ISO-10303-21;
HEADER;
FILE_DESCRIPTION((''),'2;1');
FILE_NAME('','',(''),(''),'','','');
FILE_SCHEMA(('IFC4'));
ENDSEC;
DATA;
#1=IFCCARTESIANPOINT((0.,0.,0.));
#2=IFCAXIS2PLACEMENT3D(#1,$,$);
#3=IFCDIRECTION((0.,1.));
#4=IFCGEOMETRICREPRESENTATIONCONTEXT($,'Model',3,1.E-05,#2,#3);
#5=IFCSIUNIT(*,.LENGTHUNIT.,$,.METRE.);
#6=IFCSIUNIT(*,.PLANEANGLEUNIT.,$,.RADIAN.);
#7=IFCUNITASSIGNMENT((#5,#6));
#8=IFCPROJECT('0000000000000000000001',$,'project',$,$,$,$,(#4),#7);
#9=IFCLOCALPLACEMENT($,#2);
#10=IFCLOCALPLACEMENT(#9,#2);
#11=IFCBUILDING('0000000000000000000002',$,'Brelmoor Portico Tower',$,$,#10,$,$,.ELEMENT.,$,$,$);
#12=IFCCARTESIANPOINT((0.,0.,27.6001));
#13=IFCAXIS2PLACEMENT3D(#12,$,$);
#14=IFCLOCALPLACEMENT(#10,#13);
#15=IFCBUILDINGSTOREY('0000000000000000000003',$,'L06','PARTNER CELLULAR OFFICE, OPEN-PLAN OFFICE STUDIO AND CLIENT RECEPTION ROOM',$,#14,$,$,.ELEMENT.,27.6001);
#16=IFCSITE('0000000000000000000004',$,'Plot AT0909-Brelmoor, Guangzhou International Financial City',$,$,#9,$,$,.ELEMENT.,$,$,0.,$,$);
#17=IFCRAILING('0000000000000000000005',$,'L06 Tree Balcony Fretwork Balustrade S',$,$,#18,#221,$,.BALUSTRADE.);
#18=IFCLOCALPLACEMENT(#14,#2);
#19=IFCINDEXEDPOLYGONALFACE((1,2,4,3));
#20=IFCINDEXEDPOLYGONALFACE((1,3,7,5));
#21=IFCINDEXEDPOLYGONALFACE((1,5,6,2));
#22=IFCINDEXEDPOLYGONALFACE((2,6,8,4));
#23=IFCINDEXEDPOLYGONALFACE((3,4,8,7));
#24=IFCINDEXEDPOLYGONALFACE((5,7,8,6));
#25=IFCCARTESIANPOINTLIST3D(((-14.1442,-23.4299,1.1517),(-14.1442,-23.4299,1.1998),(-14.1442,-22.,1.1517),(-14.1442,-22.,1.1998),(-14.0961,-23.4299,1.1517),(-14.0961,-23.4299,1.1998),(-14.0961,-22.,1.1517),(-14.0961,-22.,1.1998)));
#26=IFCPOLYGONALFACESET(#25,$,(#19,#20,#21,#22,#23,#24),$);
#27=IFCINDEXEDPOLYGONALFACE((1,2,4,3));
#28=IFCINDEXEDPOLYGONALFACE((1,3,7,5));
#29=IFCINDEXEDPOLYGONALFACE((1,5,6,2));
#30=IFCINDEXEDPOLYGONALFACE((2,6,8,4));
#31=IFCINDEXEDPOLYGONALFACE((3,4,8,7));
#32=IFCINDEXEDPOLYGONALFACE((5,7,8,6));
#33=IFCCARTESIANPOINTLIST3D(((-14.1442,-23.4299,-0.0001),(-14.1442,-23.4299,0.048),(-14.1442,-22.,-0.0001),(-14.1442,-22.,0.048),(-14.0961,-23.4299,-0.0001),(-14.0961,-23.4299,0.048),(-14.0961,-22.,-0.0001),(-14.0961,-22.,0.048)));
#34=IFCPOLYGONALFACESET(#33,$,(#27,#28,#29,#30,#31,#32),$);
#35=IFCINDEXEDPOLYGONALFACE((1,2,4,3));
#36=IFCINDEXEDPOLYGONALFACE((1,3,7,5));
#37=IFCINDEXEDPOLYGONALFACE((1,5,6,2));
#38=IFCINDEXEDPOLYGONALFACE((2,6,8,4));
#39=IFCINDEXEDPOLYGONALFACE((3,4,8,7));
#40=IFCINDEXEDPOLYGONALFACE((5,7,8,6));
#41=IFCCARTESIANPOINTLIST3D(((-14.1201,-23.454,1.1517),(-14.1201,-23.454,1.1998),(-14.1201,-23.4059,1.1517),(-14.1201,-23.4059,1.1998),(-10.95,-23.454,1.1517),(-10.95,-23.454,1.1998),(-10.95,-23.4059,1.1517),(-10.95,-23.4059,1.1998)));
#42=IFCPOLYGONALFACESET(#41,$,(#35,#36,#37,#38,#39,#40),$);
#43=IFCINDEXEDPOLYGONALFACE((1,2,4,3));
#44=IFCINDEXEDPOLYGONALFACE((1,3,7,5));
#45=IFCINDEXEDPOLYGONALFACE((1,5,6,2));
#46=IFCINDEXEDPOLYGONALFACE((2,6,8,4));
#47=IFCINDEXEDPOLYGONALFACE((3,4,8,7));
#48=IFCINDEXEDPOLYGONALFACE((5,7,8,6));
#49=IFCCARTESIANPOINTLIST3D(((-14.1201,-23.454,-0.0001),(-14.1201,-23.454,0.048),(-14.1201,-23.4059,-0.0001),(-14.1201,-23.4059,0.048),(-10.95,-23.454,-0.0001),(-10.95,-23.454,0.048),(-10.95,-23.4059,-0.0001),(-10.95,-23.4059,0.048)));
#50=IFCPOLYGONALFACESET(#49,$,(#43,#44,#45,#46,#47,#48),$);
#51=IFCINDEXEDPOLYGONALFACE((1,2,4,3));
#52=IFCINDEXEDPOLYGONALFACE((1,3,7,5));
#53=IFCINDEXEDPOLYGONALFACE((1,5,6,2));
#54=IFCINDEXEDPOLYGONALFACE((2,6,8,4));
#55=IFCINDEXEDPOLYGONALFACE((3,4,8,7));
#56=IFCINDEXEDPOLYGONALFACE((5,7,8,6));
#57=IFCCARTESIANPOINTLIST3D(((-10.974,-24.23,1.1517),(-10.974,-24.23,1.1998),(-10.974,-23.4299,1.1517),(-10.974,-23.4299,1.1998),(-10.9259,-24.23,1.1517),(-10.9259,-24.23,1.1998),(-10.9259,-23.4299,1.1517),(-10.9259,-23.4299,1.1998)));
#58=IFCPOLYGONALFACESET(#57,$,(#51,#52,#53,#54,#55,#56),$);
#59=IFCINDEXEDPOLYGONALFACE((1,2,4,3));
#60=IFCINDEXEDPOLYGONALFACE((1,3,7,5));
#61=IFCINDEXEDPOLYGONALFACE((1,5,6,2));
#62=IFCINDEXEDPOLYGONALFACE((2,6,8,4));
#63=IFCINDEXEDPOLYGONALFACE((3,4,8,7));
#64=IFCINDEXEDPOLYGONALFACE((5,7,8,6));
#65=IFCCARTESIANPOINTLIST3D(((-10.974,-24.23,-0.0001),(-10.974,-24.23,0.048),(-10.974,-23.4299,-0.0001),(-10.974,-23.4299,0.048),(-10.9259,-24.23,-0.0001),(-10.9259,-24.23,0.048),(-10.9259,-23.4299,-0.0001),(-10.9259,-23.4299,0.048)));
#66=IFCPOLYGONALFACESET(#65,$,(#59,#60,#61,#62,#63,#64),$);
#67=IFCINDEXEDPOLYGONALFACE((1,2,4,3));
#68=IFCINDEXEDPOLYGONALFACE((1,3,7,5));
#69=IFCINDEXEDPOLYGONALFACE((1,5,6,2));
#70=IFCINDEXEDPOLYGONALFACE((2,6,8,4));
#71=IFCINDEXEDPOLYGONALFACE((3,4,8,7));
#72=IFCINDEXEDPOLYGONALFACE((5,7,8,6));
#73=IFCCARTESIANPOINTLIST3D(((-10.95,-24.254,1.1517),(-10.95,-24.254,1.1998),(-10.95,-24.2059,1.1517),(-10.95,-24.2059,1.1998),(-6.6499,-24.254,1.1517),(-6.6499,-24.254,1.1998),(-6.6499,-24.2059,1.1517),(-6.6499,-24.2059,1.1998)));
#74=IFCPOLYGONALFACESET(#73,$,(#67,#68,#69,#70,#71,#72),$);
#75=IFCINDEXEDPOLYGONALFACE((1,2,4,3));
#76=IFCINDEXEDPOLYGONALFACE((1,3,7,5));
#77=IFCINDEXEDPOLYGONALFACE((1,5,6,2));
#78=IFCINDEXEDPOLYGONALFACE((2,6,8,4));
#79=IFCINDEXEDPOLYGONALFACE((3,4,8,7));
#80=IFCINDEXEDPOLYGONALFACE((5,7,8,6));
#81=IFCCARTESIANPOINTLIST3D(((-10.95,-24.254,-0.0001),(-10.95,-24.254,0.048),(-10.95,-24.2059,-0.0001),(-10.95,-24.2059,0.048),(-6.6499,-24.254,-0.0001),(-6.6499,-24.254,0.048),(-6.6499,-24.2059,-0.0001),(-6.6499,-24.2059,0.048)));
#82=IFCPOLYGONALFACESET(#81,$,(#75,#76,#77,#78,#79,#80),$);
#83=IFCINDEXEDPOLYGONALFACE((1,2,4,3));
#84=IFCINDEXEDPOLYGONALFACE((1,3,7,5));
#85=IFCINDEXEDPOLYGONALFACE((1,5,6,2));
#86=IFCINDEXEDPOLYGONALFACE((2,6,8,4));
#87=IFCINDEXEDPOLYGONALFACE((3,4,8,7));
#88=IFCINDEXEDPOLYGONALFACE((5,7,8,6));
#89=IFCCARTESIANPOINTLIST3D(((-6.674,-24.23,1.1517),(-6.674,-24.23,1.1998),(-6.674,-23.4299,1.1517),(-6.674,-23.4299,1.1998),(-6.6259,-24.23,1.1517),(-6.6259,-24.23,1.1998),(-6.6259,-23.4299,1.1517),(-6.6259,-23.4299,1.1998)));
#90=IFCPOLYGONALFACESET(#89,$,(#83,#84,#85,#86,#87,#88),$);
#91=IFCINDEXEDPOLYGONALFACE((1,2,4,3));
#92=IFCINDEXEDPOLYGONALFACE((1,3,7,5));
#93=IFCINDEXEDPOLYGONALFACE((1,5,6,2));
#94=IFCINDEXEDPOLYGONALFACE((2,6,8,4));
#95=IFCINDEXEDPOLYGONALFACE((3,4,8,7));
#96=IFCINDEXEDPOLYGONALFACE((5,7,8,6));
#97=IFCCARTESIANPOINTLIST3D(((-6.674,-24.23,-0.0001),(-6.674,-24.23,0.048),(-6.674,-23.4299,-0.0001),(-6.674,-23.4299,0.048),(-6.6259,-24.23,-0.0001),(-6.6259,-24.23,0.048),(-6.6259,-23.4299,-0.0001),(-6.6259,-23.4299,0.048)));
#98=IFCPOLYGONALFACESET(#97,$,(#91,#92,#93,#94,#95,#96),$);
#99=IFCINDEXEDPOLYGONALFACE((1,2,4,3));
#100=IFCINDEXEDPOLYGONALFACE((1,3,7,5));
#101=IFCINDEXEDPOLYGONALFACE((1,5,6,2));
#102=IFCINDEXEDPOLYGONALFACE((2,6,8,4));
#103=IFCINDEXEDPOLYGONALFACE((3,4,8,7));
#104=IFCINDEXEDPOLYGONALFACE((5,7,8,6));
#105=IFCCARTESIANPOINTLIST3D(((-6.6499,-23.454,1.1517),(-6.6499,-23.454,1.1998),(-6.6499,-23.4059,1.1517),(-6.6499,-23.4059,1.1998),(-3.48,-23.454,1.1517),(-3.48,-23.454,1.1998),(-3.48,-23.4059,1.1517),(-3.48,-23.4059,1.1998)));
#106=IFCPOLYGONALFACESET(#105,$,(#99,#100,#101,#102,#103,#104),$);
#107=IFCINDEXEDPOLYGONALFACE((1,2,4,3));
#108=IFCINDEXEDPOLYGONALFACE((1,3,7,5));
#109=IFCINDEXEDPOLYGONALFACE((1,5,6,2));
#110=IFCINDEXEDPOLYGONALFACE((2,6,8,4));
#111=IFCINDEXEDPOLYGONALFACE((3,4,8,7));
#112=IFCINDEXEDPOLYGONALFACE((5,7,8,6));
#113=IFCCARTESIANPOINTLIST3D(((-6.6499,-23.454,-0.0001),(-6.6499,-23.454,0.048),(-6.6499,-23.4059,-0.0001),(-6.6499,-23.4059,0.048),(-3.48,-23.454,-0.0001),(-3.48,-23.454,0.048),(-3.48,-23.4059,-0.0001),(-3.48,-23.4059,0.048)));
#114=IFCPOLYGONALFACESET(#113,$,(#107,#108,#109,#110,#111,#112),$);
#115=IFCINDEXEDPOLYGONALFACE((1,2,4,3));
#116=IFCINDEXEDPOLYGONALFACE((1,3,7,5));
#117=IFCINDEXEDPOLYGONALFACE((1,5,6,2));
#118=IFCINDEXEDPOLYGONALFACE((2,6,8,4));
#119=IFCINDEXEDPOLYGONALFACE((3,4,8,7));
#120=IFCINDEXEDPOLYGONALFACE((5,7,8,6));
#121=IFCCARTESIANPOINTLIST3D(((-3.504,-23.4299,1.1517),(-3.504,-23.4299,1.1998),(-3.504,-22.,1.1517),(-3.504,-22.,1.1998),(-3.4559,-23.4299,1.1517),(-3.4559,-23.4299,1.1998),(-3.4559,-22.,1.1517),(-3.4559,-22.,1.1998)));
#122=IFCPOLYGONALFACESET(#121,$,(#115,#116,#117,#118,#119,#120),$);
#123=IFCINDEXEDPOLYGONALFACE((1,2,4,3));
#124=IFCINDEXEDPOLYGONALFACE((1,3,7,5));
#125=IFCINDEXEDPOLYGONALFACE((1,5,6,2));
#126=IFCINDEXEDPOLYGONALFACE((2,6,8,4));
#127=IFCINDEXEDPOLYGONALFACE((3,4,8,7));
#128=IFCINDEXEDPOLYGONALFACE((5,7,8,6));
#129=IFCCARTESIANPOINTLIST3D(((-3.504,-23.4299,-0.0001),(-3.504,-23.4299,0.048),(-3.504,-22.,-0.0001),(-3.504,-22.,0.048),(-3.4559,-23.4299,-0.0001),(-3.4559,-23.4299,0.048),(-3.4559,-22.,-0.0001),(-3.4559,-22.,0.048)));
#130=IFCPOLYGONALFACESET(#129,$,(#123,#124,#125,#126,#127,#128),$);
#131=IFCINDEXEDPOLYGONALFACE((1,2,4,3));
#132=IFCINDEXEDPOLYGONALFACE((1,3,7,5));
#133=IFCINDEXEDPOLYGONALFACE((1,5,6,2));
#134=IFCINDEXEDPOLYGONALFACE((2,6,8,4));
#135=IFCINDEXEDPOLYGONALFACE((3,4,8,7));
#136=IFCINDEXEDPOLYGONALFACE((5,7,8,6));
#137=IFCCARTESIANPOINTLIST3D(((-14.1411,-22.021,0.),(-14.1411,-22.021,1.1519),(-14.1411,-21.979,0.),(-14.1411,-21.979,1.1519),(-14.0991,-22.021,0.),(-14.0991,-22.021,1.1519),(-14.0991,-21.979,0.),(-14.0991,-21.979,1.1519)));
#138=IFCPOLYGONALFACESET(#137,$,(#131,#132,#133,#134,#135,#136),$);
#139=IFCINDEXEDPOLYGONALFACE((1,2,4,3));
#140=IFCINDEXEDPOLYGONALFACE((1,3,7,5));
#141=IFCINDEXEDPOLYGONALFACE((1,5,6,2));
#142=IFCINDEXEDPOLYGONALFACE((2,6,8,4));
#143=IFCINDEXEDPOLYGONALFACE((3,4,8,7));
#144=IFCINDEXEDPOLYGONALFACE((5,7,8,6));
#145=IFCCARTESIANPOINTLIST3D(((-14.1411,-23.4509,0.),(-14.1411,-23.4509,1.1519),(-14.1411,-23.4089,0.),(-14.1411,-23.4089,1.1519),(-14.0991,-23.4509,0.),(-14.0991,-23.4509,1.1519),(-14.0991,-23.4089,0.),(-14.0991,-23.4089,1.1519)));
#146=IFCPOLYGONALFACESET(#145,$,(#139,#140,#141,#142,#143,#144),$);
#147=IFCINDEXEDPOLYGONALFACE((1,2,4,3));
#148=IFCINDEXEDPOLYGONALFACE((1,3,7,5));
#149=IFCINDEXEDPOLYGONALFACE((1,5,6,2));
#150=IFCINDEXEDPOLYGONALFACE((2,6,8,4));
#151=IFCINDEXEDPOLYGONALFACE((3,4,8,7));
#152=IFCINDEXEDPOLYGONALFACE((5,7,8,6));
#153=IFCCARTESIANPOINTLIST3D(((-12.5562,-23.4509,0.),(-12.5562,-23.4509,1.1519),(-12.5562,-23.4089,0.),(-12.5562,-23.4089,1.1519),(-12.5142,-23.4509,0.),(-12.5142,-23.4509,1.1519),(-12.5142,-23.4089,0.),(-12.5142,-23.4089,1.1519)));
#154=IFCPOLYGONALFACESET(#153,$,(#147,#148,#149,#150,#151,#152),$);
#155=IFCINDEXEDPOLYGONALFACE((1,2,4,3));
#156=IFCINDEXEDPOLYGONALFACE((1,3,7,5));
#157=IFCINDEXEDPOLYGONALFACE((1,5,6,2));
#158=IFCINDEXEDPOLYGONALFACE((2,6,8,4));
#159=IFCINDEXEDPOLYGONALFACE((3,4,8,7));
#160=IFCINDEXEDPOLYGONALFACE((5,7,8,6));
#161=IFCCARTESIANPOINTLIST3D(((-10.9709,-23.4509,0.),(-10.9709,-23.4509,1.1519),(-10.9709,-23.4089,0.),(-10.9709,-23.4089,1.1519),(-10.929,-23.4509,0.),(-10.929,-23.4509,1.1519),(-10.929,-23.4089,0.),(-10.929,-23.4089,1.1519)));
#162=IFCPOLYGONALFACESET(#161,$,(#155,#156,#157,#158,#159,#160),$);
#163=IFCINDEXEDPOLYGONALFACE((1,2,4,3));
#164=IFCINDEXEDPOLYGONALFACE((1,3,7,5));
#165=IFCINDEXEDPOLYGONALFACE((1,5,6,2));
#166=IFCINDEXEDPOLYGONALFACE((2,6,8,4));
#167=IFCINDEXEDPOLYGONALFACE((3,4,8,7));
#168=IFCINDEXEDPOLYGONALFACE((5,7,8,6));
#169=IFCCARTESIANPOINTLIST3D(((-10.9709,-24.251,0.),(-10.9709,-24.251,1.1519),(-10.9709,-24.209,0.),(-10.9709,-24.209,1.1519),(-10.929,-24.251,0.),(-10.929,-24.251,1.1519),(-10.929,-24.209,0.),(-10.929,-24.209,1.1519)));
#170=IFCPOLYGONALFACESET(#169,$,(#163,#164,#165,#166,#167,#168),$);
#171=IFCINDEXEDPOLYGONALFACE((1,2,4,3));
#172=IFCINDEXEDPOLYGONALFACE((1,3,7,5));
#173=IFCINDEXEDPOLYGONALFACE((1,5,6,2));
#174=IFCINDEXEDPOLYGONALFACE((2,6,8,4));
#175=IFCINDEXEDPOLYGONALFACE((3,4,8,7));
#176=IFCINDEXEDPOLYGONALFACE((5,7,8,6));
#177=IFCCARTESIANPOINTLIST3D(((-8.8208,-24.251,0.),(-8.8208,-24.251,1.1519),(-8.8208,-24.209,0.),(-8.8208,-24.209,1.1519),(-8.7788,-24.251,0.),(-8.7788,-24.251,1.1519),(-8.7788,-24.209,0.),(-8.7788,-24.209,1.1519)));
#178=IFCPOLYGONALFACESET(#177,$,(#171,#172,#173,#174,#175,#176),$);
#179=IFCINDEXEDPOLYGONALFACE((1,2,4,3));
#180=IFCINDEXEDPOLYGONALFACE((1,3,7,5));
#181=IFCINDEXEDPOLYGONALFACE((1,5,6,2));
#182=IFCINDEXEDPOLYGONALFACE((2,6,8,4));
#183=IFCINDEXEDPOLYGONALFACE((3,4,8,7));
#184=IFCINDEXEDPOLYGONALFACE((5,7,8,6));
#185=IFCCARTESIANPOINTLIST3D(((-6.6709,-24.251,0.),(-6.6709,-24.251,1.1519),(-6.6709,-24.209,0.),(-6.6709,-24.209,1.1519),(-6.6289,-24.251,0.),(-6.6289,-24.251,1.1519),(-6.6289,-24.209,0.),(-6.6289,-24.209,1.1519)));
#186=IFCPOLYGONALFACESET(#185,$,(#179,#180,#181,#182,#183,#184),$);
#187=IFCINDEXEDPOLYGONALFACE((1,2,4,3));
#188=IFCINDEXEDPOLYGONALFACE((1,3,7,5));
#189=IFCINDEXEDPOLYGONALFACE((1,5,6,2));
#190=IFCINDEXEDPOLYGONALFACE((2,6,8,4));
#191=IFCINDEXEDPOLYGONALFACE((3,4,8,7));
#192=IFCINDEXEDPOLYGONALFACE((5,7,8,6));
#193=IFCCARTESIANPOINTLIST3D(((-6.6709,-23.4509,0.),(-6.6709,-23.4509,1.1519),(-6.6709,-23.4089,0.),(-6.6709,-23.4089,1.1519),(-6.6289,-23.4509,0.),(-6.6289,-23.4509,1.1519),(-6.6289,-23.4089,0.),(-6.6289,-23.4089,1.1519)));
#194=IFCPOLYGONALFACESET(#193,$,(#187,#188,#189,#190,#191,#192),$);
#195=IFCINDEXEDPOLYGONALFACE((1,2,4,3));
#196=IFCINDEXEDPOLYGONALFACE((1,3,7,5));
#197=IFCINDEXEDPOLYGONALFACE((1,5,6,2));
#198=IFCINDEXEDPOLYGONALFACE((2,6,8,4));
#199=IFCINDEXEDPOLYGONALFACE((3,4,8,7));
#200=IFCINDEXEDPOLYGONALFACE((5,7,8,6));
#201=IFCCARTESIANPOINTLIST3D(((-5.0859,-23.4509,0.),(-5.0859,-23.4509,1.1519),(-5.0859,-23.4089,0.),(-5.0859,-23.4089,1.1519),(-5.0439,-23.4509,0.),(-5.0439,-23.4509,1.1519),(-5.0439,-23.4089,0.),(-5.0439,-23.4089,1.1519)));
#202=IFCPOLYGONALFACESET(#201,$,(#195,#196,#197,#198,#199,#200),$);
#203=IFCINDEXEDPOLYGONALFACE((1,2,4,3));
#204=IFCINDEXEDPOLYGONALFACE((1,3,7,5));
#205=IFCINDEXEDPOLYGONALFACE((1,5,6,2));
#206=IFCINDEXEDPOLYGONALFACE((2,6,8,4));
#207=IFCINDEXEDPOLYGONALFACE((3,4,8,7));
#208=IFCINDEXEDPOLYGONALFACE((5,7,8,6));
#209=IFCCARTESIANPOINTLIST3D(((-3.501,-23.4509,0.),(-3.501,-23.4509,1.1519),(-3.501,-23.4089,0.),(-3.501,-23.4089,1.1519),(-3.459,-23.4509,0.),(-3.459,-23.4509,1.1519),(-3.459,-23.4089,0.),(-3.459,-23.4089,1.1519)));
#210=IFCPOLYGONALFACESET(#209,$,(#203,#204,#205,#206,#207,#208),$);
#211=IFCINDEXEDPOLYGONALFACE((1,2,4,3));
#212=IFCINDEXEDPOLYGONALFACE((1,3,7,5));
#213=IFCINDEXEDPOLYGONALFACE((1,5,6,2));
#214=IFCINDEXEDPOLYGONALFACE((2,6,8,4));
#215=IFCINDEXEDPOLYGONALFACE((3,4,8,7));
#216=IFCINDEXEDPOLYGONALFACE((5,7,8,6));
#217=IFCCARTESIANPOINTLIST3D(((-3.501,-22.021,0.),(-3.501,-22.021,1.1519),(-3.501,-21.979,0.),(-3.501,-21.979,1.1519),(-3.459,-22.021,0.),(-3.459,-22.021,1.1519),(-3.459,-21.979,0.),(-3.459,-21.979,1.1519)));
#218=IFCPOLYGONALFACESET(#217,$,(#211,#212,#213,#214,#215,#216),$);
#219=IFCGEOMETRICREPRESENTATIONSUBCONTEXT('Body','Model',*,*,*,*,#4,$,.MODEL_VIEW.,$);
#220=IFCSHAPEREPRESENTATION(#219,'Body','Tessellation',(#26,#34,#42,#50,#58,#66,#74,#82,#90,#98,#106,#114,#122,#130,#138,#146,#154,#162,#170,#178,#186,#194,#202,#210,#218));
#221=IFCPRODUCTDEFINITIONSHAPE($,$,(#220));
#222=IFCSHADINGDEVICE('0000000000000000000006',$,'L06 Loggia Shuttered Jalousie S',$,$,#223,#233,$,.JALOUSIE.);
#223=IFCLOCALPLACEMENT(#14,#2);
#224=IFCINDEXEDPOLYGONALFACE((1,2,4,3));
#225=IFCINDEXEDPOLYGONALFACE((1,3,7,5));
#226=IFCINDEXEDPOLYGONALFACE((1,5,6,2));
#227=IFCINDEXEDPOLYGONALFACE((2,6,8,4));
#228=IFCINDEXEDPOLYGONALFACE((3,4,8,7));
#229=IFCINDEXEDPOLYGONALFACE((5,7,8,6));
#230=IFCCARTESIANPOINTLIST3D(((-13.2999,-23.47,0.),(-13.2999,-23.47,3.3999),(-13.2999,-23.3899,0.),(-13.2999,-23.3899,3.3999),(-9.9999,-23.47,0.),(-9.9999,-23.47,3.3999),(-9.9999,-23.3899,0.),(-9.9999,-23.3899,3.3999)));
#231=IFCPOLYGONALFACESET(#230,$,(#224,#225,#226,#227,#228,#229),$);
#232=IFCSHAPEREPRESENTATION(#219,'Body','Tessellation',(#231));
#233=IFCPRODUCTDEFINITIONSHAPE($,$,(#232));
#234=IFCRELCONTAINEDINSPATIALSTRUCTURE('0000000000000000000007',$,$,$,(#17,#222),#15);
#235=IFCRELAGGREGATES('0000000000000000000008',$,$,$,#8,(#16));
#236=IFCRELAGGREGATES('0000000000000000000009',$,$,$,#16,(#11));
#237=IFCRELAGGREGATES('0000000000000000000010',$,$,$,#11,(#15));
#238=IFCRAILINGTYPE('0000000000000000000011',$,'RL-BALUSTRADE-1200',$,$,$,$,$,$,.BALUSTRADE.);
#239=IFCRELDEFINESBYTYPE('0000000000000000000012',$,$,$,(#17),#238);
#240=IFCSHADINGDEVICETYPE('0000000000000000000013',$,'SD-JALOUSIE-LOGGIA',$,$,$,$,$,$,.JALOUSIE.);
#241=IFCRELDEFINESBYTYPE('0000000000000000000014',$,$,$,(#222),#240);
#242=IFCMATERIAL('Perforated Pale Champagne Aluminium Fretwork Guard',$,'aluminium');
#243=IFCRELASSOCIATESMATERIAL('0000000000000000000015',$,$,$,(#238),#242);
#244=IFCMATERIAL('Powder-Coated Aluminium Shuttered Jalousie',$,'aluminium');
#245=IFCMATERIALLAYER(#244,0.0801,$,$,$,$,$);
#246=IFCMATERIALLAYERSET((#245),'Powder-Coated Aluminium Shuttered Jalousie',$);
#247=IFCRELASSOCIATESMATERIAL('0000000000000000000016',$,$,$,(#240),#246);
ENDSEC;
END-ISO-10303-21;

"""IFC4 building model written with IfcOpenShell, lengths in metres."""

from ifc_helpers import new_model, si_unit, direction, frame, origin, origin_2d, place, context, subcontext, project, spatial, rectangle, extrude, material, layer, layer_set, type_object, element, save


model = new_model("IFC4")

# Units and contexts
model_context = context("Model", 3, precision=1e-05, world=origin(), true_north=direction((0.0, 1.0)))
body_context = subcontext(model_context, "Body", "Model", "MODEL_VIEW")
ifc_project = project(units=[si_unit("LENGTHUNIT", "METRE"), si_unit("PLANEANGLEUNIT", "RADIAN")], contexts=[model_context])

# Site, building, storey
site_placement = place(None, origin())
site = spatial("IfcSite", under=ifc_project, at=site_placement, Name="Plot AT0909-Brelmoor, Guangzhou International Financial City", CompositionType="ELEMENT", RefElevation=0.0)
building_placement = place(site_placement, origin())
building = spatial("IfcBuilding", under=site, at=building_placement, Name="Brelmoor Portico Tower", CompositionType="ELEMENT")
storey_placement = place(building_placement, frame((0.0, 0.0, 27.6001)))
storey = spatial("IfcBuildingStorey", under=building, at=storey_placement, Name="L06", Description="PARTNER CELLULAR OFFICE, OPEN-PLAN OFFICE STUDIO AND CLIENT RECEPTION ROOM", CompositionType="ELEMENT", Elevation=27.6001)

# Railing
ifc_material_1 = material(Name="Perforated Pale Champagne Aluminium Fretwork Guard", Category="aluminium")
railing_type = type_object("IfcRailingType", Name="RL-BALUSTRADE-1200", PredefinedType="BALUSTRADE", material=ifc_material_1)
railing_placement = place(storey_placement, frame((-14.1201, -22.0, 0.0)))
element("IfcRailing", 1, at=railing_placement, inside=storey, type_object=railing_type, Name="L06 Tree Balcony Fretwork Balustrade S", PredefinedType="BALUSTRADE", context=body_context, shape_type="SweptSolid", body=[
    extrude(rectangle(XDim=0.0481, YDim=0.0481, at=origin_2d()), frame((0.0, 0.0, 1.1758), z_axis=(0.0, -1.0, 0.0), x_axis=(1.0, 0.0, 0.0)), (0.0, 0.0, 1.0), 1.4299),
    extrude(rectangle(XDim=0.0481, YDim=0.0481, at=origin_2d()), frame((0.0, 0.0, 0.0239), z_axis=(0.0, -1.0, 0.0), x_axis=(1.0, 0.0, 0.0)), (0.0, 0.0, 1.0), 1.4299),
    extrude(rectangle(XDim=0.0481, YDim=0.0481, at=origin_2d()), frame((0.0, -1.4299, 1.1758), z_axis=(1.0, 0.0, 0.0), x_axis=(0.0, 1.0, 0.0)), (0.0, 0.0, 1.0), 3.1702),
    extrude(rectangle(XDim=0.0481, YDim=0.0481, at=origin_2d()), frame((0.0, -1.4299, 0.0239), z_axis=(1.0, 0.0, 0.0), x_axis=(0.0, 1.0, 0.0)), (0.0, 0.0, 1.0), 3.1702),
    extrude(rectangle(XDim=0.0481, YDim=0.0481, at=origin_2d()), frame((3.1702, -1.4299, 1.1758), z_axis=(0.0, -1.0, 0.0), x_axis=(1.0, 0.0, 0.0)), (0.0, 0.0, 1.0), 0.8),
    extrude(rectangle(XDim=0.0481, YDim=0.0481, at=origin_2d()), frame((3.1702, -1.4299, 0.0239), z_axis=(0.0, -1.0, 0.0), x_axis=(1.0, 0.0, 0.0)), (0.0, 0.0, 1.0), 0.8),
    extrude(rectangle(XDim=0.0481, YDim=0.0481, at=origin_2d()), frame((3.1702, -2.23, 1.1758), z_axis=(1.0, 0.0, 0.0), x_axis=(0.0, 1.0, 0.0)), (0.0, 0.0, 1.0), 4.3),
    extrude(rectangle(XDim=0.0481, YDim=0.0481, at=origin_2d()), frame((3.1702, -2.23, 0.0239), z_axis=(1.0, 0.0, 0.0), x_axis=(0.0, 1.0, 0.0)), (0.0, 0.0, 1.0), 4.3),
    extrude(rectangle(XDim=0.0481, YDim=0.0481, at=origin_2d()), frame((7.4702, -2.23, 1.1758), z_axis=(0.0, 1.0, 0.0), x_axis=(-1.0, 0.0, 0.0)), (0.0, 0.0, 1.0), 0.8),
    extrude(rectangle(XDim=0.0481, YDim=0.0481, at=origin_2d()), frame((7.4702, -2.23, 0.0239), z_axis=(0.0, 1.0, 0.0), x_axis=(-1.0, 0.0, 0.0)), (0.0, 0.0, 1.0), 0.8),
    extrude(rectangle(XDim=0.0481, YDim=0.0481, at=origin_2d()), frame((7.4702, -1.4299, 1.1758), z_axis=(1.0, 0.0, 0.0), x_axis=(0.0, 1.0, 0.0)), (0.0, 0.0, 1.0), 3.1699),
    extrude(rectangle(XDim=0.0481, YDim=0.0481, at=origin_2d()), frame((7.4702, -1.4299, 0.0239), z_axis=(1.0, 0.0, 0.0), x_axis=(0.0, 1.0, 0.0)), (0.0, 0.0, 1.0), 3.1699),
    extrude(rectangle(XDim=0.0481, YDim=0.0481, at=origin_2d()), frame((10.6401, -1.4299, 1.1758), z_axis=(0.0, 1.0, 0.0), x_axis=(-1.0, 0.0, 0.0)), (0.0, 0.0, 1.0), 1.4299),
    extrude(rectangle(XDim=0.0481, YDim=0.0481, at=origin_2d()), frame((10.6401, -1.4299, 0.0239), z_axis=(0.0, 1.0, 0.0), x_axis=(-1.0, 0.0, 0.0)), (0.0, 0.0, 1.0), 1.4299),
    extrude(rectangle(XDim=0.042, YDim=0.042, at=origin_2d()), origin(), (0.0, 0.0, 1.0), 1.1519),
    extrude(rectangle(XDim=0.042, YDim=0.042, at=origin_2d()), frame((0.0, -1.4299, 0.0)), (0.0, 0.0, 1.0), 1.1519),
    extrude(rectangle(XDim=0.042, YDim=0.042, at=origin_2d()), frame((1.585, -1.4299, 0.0)), (0.0, 0.0, 1.0), 1.1519),
    extrude(rectangle(XDim=0.042, YDim=0.042, at=origin_2d()), frame((3.1702, -1.4299, 0.0)), (0.0, 0.0, 1.0), 1.1519),
    extrude(rectangle(XDim=0.042, YDim=0.042, at=origin_2d()), frame((3.1702, -2.23, 0.0)), (0.0, 0.0, 1.0), 1.1519),
    extrude(rectangle(XDim=0.042, YDim=0.042, at=origin_2d()), frame((5.3203, -2.23, 0.0)), (0.0, 0.0, 1.0), 1.1519),
    extrude(rectangle(XDim=0.042, YDim=0.042, at=origin_2d()), frame((7.4702, -2.23, 0.0)), (0.0, 0.0, 1.0), 1.1519),
    extrude(rectangle(XDim=0.042, YDim=0.042, at=origin_2d()), frame((7.4702, -1.4299, 0.0)), (0.0, 0.0, 1.0), 1.1519),
    extrude(rectangle(XDim=0.042, YDim=0.042, at=origin_2d()), frame((9.0552, -1.4299, 0.0)), (0.0, 0.0, 1.0), 1.1519),
    extrude(rectangle(XDim=0.042, YDim=0.042, at=origin_2d()), frame((10.6401, -1.4299, 0.0)), (0.0, 0.0, 1.0), 1.1519),
    extrude(rectangle(XDim=0.042, YDim=0.042, at=origin_2d()), frame((10.6401, 0.0, 0.0)), (0.0, 0.0, 1.0), 1.1519),
])

# Shading device
ifc_material_2 = material(Name="Powder-Coated Aluminium Shuttered Jalousie", Category="aluminium")
ifc_layer_1 = layer(ifc_material_2, 0.0801)
ifc_layer_set_1 = layer_set([ifc_layer_1], Name="Powder-Coated Aluminium Shuttered Jalousie")
shading_device_type = type_object("IfcShadingDeviceType", Name="SD-JALOUSIE-LOGGIA", PredefinedType="JALOUSIE", material=ifc_layer_set_1)
shading_device_placement = place(storey_placement, frame((-11.6499, -23.4299, 0.0), z_axis=(0.0, 0.0, 1.0), x_axis=(1.0, 0.0, 0.0)))
element("IfcShadingDevice", 2, at=shading_device_placement, inside=storey, type_object=shading_device_type, Name="L06 Loggia Shuttered Jalousie S", PredefinedType="JALOUSIE", context=body_context, shape_type="SweptSolid", body=[
    extrude(rectangle(XDim=3.3, YDim=0.0801, at=origin_2d()), origin(), (0.0, 0.0, 1.0), 3.3999),
])

save(model, "model.ifc")
